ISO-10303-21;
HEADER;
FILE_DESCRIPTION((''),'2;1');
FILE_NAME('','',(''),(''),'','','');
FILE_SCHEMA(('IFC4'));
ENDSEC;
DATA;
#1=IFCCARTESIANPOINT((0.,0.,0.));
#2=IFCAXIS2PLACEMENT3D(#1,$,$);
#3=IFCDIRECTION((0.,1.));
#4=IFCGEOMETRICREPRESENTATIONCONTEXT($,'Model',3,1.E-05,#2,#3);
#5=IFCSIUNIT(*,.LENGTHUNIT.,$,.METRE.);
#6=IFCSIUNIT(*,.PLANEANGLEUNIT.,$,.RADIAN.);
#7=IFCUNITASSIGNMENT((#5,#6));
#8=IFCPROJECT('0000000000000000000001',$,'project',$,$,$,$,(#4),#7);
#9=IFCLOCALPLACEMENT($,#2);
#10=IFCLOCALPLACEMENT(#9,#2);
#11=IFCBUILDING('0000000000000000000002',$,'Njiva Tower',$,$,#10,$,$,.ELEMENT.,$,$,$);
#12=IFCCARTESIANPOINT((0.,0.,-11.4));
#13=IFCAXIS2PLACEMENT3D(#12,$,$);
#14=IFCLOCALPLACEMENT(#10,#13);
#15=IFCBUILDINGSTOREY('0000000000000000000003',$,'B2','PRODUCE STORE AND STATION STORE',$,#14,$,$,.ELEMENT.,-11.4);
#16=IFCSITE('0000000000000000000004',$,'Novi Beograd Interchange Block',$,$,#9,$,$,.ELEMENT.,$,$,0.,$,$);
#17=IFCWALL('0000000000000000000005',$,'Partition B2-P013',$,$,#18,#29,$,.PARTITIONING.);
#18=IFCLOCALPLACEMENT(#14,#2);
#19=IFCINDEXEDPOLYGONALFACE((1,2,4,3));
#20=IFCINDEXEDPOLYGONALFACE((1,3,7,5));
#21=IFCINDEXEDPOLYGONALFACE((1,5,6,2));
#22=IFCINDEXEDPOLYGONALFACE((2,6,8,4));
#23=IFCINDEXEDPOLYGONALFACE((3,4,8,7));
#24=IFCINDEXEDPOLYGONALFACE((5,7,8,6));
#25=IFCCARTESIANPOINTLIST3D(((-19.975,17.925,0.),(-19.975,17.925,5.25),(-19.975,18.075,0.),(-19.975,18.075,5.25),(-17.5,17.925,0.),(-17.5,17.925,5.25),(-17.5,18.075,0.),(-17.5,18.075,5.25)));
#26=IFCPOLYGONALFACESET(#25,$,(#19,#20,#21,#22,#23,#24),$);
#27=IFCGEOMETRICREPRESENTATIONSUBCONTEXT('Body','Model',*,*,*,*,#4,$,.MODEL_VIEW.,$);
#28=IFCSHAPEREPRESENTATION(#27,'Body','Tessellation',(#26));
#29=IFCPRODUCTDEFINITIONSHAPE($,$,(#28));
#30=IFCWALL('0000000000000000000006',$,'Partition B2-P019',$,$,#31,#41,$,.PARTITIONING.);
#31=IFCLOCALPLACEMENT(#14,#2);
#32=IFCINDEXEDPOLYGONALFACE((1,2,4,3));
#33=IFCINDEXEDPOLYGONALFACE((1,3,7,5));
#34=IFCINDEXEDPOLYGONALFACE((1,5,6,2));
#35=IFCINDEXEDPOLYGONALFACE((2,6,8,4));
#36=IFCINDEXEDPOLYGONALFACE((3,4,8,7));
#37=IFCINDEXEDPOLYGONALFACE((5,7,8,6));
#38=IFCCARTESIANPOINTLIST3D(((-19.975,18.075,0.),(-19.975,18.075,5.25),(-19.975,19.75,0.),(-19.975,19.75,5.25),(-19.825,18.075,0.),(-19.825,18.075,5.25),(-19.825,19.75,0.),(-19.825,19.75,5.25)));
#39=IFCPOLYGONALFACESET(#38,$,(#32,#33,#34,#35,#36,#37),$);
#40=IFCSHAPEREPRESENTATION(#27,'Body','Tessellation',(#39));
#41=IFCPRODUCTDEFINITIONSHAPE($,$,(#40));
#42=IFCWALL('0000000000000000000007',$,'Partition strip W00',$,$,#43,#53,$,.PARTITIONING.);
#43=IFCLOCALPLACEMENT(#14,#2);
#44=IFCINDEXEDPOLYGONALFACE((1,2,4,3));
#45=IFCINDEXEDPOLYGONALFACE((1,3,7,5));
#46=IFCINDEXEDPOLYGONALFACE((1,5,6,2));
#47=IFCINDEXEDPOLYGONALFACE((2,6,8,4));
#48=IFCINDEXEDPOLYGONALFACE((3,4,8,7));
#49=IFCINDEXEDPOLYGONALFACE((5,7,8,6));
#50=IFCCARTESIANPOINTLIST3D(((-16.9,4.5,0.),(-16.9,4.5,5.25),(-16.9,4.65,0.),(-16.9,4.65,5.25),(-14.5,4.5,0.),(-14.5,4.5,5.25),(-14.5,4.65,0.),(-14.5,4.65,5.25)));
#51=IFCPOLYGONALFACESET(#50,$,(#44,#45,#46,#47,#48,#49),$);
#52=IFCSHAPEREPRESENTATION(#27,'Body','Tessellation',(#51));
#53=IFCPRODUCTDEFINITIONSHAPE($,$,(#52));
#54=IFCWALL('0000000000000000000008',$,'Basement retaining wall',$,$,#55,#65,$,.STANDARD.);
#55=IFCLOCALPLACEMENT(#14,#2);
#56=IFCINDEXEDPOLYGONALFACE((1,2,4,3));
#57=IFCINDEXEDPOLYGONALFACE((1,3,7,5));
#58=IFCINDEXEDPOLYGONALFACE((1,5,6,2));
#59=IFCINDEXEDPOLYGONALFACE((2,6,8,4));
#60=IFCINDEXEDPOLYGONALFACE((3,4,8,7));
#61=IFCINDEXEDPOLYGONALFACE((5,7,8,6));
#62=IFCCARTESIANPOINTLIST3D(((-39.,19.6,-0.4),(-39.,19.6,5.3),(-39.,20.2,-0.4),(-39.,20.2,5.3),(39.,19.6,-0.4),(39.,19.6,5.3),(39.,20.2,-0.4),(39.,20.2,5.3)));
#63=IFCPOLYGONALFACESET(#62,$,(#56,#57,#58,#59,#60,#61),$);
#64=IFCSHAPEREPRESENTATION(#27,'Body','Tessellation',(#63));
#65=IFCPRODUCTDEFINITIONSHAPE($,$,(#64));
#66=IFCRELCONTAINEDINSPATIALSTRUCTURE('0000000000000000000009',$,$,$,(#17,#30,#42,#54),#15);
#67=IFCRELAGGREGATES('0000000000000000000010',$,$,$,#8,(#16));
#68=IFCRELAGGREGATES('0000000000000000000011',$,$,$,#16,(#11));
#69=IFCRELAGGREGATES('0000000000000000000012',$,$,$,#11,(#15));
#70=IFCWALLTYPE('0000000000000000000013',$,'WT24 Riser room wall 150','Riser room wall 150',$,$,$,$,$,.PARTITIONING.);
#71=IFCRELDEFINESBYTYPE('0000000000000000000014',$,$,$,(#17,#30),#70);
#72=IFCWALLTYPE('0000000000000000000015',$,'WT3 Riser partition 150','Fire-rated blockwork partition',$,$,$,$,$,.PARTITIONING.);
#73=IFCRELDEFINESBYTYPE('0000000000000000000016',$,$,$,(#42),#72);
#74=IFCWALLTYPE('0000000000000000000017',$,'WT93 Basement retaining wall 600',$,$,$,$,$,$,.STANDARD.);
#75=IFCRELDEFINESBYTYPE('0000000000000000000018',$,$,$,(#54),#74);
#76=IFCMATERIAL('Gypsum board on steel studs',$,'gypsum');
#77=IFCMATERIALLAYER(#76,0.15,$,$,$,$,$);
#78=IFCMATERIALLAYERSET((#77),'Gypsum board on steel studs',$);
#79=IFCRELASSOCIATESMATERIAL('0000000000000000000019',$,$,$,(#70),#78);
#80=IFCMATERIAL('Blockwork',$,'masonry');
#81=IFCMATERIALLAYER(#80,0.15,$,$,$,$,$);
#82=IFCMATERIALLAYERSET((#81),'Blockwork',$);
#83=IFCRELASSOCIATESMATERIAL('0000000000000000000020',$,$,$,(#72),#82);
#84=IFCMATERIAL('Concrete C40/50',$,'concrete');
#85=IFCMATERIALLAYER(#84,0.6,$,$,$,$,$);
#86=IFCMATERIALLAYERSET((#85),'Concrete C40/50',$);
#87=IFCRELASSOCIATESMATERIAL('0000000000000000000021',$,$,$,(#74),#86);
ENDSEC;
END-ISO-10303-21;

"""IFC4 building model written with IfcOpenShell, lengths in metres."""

from ifc_helpers import new_model, si_unit, direction, frame, frame_2d, origin, place, context, subcontext, project, spatial, rectangle, extrude, material, layer, layer_set, type_object, element, save


model = new_model("IFC4")

# Units and contexts
model_context = context("Model", 3, precision=1e-05, world=origin(), true_north=direction((0.0, 1.0)))
body_context = subcontext(model_context, "Body", "Model", "MODEL_VIEW")
ifc_project = project(units=[si_unit("LENGTHUNIT", "METRE"), si_unit("PLANEANGLEUNIT", "RADIAN")], contexts=[model_context])

# Site, building, storey
site_placement = place(None, origin())
site = spatial("IfcSite", under=ifc_project, at=site_placement, Name="Novi Beograd Interchange Block", CompositionType="ELEMENT", RefElevation=0.0)
building_placement = place(site_placement, origin())
building = spatial("IfcBuilding", under=site, at=building_placement, Name="Njiva Tower", CompositionType="ELEMENT")
storey_placement = place(building_placement, frame((0.0, 0.0, -11.4)))
storey = spatial("IfcBuildingStorey", under=building, at=storey_placement, Name="B2", Description="PRODUCE STORE AND STATION STORE", CompositionType="ELEMENT", Elevation=-11.4)

# Shared definitions
ifc_material_1 = material(Name="Gypsum board on steel studs", Category="gypsum")

# Walls
ifc_layer_1 = layer(ifc_material_1, 0.15)
ifc_layer_set_1 = layer_set([ifc_layer_1], Name="Gypsum board on steel studs")
wall_type_1 = type_object("IfcWallType", Name="WT24 Riser room wall 150", Description="Riser room wall 150", PredefinedType="PARTITIONING", material=ifc_layer_set_1)
wall_1_placement = place(storey_placement, frame((-19.975, 18.0, 0.0), z_axis=(0.0, 0.0, 1.0), x_axis=(1.0, 0.0, 0.0)))
element("IfcWall", 1, at=wall_1_placement, inside=storey, type_object=wall_type_1, Name="Partition B2-P013", PredefinedType="PARTITIONING", context=body_context, shape_type="SweptSolid", body=[
    extrude(rectangle(XDim=2.475, YDim=0.15, at=frame_2d((1.2375, 0.0))), origin(), (0.0, 0.0, 1.0), 5.25),
])
wall_2_placement = place(storey_placement, frame((-19.9, 18.075, 0.0), z_axis=(0.0, 0.0, 1.0), x_axis=(0.0, 1.0, 0.0)))
element("IfcWall", 2, at=wall_2_placement, inside=storey, type_object=wall_type_1, Name="Partition B2-P019", PredefinedType="PARTITIONING", context=body_context, shape_type="SweptSolid", body=[
    extrude(rectangle(XDim=1.675, YDim=0.15, at=frame_2d((0.8375, 0.0))), origin(), (0.0, 0.0, 1.0), 5.25),
])
ifc_material_2 = material(Name="Blockwork", Category="masonry")
ifc_layer_2 = layer(ifc_material_2, 0.15)
ifc_layer_set_2 = layer_set([ifc_layer_2], Name="Blockwork")
wall_type_2 = type_object("IfcWallType", Name="WT3 Riser partition 150", Description="Fire-rated blockwork partition", PredefinedType="PARTITIONING", material=ifc_layer_set_2)
wall_3_placement = place(storey_placement, frame((-16.9, 4.575, 0.0), z_axis=(0.0, 0.0, 1.0), x_axis=(1.0, 0.0, 0.0)))
element("IfcWall", 3, at=wall_3_placement, inside=storey, type_object=wall_type_2, Name="Partition strip W00", PredefinedType="PARTITIONING", context=body_context, shape_type="SweptSolid", body=[
    extrude(rectangle(XDim=2.4, YDim=0.15, at=frame_2d((1.2, 0.0))), origin(), (0.0, 0.0, 1.0), 5.25),
])
ifc_material_3 = material(Name="Concrete C40/50", Category="concrete")
ifc_layer_3 = layer(ifc_material_3, 0.6)
ifc_layer_set_3 = layer_set([ifc_layer_3], Name="Concrete C40/50")
wall_type_3 = type_object("IfcWallType", Name="WT93 Basement retaining wall 600", PredefinedType="STANDARD", material=ifc_layer_set_3)
wall_4_placement = place(storey_placement, frame((-39.0, 19.9, -0.4), z_axis=(0.0, 0.0, 1.0), x_axis=(1.0, 0.0, 0.0)))
element("IfcWall", 4, at=wall_4_placement, inside=storey, type_object=wall_type_3, Name="Basement retaining wall", PredefinedType="STANDARD", context=body_context, shape_type="SweptSolid", body=[
    extrude(rectangle(XDim=78.0, YDim=0.6, at=frame_2d((39.0, 0.0))), origin(), (0.0, 0.0, 1.0), 5.7),
])

save(model, "model.ifc")
